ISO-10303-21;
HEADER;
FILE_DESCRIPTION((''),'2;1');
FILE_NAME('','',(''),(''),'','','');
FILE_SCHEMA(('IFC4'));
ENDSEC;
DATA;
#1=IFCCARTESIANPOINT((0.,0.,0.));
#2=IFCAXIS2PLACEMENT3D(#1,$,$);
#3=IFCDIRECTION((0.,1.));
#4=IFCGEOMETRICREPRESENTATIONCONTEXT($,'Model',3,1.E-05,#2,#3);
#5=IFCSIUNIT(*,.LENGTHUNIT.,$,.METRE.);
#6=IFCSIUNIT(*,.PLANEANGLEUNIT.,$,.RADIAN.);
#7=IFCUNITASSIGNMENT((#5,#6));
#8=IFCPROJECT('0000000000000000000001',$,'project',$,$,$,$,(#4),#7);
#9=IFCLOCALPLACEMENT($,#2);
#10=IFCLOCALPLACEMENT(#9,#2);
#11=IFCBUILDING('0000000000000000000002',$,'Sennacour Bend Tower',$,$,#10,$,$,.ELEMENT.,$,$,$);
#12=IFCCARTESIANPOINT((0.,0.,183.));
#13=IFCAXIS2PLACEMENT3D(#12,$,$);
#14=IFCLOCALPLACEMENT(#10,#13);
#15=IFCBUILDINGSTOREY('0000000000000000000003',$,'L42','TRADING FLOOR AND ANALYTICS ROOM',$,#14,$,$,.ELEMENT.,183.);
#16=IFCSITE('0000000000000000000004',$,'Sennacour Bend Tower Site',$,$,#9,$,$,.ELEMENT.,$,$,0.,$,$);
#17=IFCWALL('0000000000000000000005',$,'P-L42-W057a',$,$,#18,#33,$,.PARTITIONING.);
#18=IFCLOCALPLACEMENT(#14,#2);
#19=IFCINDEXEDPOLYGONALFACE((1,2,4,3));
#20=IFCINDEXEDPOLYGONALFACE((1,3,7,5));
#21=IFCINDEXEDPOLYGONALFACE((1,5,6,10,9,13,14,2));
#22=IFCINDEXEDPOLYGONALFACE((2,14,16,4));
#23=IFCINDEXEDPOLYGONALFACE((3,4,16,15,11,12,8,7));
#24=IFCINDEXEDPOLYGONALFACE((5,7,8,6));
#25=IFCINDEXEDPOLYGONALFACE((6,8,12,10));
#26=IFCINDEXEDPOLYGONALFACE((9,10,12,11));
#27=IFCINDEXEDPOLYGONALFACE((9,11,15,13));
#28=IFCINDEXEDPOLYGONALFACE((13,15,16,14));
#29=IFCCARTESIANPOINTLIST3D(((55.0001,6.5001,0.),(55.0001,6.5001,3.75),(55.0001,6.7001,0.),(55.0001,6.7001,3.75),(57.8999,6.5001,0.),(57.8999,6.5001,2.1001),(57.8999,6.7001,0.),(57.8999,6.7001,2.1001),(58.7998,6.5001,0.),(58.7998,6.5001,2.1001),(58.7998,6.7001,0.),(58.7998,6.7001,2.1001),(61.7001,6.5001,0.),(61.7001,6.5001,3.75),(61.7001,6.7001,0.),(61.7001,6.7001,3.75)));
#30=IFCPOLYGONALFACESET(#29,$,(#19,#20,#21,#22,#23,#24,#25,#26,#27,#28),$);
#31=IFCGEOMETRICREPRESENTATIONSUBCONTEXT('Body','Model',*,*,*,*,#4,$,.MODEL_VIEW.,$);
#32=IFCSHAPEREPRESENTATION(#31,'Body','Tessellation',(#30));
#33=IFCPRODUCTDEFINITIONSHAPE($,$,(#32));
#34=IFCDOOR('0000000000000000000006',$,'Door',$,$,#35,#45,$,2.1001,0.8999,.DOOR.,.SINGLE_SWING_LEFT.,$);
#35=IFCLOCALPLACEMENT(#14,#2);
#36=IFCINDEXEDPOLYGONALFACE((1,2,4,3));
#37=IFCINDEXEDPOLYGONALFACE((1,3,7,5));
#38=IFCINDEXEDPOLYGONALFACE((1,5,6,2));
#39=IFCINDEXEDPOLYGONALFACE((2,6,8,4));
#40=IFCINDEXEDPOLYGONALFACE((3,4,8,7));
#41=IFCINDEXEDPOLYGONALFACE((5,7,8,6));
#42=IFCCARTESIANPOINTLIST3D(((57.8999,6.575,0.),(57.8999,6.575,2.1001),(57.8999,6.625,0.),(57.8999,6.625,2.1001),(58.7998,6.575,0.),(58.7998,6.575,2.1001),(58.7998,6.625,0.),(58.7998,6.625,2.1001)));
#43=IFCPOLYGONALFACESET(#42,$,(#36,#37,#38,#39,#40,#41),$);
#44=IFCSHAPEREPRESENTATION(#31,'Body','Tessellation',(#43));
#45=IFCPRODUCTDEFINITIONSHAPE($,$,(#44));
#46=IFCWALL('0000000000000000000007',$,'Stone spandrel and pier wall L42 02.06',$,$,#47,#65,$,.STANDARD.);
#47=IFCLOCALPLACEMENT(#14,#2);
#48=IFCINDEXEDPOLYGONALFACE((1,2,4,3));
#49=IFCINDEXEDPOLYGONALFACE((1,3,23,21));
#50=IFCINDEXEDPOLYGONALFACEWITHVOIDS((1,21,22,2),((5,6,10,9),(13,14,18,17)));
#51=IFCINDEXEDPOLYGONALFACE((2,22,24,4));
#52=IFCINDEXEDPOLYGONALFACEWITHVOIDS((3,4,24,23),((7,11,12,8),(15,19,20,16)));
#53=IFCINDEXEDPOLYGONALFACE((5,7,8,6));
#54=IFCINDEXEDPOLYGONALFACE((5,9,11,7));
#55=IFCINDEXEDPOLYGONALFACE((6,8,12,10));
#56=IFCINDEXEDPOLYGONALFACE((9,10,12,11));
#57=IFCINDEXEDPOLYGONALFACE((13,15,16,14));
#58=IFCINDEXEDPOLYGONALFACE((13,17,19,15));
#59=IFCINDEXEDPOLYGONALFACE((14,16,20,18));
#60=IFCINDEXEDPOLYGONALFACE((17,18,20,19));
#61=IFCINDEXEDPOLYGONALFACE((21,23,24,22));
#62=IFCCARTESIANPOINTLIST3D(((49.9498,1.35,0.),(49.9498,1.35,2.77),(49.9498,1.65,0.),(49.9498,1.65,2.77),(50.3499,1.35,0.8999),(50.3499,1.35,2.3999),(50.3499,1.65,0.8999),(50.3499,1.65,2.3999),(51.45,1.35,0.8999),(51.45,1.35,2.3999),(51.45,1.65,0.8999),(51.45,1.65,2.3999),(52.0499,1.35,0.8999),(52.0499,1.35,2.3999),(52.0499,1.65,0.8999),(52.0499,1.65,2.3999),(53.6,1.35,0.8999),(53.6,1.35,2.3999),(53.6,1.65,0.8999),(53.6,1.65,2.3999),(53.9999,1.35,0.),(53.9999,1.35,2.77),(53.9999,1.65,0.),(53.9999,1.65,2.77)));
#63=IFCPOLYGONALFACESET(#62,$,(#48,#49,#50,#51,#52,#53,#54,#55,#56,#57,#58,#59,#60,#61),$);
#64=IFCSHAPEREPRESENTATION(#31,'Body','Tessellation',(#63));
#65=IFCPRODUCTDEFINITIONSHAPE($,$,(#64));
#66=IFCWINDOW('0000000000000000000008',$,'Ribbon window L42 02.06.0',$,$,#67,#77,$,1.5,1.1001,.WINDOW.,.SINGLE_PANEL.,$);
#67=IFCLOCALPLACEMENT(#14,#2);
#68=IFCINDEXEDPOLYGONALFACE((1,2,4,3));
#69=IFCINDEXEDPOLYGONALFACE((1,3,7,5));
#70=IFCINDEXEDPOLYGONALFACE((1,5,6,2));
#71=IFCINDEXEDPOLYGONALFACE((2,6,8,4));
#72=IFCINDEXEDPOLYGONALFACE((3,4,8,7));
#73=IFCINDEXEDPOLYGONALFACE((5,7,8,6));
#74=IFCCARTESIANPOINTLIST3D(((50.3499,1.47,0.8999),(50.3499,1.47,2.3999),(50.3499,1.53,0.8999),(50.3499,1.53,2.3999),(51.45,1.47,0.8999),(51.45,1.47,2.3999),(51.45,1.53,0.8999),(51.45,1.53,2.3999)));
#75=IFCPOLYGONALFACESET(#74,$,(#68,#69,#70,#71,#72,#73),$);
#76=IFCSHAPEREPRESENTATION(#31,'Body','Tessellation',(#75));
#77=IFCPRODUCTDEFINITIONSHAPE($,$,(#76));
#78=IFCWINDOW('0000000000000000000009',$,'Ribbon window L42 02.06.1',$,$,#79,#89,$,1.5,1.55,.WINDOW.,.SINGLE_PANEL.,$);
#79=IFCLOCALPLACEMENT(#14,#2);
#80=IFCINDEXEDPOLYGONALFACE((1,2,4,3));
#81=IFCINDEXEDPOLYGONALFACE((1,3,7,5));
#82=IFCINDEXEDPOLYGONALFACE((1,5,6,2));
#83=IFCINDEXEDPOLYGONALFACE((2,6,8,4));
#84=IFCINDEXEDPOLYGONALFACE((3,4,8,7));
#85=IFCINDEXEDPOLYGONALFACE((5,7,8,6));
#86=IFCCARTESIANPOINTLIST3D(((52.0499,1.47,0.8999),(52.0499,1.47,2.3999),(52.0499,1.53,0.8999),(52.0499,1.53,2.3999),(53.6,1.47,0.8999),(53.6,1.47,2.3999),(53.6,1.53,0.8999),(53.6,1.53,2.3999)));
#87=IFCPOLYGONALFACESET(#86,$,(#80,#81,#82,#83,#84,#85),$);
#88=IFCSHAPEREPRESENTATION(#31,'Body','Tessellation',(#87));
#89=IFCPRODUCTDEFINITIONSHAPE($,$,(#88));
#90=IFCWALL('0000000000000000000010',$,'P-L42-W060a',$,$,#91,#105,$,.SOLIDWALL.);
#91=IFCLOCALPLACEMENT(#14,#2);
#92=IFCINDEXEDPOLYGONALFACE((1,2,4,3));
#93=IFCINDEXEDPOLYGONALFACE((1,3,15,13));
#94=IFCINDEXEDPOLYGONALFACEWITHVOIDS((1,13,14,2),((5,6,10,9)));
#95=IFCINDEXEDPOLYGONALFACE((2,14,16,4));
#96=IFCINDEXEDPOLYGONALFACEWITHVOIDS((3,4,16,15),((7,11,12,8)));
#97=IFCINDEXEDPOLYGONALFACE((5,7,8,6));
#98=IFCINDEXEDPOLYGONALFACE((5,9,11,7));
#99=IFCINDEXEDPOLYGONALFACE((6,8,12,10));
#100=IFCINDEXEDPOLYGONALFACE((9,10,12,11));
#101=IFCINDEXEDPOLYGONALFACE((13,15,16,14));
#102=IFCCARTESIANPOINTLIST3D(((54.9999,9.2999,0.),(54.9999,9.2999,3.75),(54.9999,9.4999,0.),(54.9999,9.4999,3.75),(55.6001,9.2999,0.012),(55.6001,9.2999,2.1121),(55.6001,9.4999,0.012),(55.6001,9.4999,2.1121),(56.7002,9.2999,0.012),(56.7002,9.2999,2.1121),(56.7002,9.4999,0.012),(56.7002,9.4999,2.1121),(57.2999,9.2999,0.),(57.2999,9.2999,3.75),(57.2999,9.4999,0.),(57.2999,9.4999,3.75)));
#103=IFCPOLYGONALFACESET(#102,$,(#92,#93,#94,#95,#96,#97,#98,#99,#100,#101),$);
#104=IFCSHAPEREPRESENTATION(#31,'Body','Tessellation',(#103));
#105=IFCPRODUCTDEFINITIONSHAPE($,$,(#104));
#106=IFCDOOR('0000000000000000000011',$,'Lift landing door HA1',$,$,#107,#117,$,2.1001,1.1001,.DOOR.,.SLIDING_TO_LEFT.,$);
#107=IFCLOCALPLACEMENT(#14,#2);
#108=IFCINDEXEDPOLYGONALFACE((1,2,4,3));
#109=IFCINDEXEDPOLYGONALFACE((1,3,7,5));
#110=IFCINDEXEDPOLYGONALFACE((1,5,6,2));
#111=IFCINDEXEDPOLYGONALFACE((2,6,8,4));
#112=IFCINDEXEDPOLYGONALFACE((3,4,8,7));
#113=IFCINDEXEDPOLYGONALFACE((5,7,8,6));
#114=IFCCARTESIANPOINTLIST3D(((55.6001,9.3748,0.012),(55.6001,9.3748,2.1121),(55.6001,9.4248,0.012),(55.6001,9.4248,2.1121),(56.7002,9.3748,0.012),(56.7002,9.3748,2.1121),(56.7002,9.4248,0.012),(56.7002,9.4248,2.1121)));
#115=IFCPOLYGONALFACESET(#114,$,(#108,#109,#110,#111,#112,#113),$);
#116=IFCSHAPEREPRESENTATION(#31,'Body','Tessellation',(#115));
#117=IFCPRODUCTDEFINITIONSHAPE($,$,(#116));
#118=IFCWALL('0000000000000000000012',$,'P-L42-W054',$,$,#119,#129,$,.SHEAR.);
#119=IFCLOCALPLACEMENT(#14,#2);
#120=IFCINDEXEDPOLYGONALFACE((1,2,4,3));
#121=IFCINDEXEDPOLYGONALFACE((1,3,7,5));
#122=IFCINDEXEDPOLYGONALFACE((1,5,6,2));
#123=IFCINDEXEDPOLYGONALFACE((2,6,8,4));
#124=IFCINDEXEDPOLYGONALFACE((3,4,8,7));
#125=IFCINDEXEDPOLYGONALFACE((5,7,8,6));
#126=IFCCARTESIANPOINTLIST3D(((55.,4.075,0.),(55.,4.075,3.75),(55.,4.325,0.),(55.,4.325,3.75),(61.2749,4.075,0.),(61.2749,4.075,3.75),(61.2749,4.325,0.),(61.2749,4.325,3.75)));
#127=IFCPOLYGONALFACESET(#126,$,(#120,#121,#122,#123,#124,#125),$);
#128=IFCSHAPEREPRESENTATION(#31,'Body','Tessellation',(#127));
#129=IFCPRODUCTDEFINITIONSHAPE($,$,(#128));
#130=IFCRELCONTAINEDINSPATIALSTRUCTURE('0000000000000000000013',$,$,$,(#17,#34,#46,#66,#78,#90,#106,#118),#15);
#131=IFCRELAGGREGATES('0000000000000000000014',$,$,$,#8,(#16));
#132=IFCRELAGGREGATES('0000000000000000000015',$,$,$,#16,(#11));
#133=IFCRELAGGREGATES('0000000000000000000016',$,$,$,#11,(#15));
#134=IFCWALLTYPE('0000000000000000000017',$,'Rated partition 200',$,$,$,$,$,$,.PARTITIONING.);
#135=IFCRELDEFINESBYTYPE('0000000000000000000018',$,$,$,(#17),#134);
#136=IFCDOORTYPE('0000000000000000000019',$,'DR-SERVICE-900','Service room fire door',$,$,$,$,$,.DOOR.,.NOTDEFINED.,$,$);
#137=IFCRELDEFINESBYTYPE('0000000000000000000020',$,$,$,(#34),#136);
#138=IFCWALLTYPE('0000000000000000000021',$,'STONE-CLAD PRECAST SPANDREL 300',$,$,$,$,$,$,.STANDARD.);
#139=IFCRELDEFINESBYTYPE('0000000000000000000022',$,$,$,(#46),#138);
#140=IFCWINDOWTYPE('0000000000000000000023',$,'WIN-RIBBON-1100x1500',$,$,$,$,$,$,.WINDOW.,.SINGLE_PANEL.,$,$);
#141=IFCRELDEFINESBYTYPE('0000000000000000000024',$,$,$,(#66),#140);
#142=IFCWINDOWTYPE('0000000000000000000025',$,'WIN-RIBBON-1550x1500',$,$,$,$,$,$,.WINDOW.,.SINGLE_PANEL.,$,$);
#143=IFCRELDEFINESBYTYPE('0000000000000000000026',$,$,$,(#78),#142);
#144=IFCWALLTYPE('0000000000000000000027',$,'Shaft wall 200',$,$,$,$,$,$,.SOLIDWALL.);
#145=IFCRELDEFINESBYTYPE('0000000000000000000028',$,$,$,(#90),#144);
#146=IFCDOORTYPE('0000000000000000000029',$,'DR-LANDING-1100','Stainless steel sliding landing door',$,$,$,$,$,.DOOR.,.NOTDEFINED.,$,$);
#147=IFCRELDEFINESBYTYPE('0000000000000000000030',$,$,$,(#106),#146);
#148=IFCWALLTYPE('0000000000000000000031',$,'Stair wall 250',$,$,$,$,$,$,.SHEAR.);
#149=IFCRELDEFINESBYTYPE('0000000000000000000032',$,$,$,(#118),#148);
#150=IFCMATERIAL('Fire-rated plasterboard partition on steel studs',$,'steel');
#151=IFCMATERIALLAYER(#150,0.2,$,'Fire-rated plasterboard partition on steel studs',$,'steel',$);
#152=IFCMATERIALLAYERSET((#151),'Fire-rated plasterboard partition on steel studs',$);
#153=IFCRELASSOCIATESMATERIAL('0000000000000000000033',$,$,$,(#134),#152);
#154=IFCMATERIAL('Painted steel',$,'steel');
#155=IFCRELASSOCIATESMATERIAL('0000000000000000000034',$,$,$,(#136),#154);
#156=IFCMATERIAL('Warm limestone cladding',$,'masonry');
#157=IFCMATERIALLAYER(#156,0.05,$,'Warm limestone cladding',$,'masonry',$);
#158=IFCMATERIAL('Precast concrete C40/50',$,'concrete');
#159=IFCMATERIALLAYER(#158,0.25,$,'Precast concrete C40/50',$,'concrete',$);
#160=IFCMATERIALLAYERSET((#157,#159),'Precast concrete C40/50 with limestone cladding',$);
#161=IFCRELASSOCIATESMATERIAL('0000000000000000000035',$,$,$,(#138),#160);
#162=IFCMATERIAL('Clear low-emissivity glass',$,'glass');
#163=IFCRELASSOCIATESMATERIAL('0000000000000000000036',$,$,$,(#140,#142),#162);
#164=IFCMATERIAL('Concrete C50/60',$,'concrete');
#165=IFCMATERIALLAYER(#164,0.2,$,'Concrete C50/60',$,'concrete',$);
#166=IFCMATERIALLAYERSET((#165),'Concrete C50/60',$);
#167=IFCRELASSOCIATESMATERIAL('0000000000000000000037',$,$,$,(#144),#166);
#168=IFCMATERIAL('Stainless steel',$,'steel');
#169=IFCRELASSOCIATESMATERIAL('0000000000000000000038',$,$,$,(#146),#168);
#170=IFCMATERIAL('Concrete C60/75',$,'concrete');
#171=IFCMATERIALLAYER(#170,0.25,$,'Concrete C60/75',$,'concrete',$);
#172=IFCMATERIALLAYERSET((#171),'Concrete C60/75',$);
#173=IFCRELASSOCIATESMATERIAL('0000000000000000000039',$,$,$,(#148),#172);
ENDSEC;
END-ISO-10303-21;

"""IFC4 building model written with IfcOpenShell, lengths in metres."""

from ifc_helpers import new_model, si_unit, direction, frame, frame_2d, origin, place, context, subcontext, project, spatial, rectangle, extrude, material, layer, layer_set, type_object, element, fill, save


model = new_model("IFC4")

# Units and contexts
model_context = context("Model", 3, precision=1e-05, world=origin(), true_north=direction((0.0, 1.0)))
body_context = subcontext(model_context, "Body", "Model", "MODEL_VIEW")
ifc_project = project(units=[si_unit("LENGTHUNIT", "METRE"), si_unit("PLANEANGLEUNIT", "RADIAN")], contexts=[model_context])

# Site, building, storey
site_placement = place(None, origin())
site = spatial("IfcSite", under=ifc_project, at=site_placement, Name="Sennacour Bend Tower Site", CompositionType="ELEMENT", RefElevation=0.0)
building_placement = place(site_placement, origin())
building = spatial("IfcBuilding", under=site, at=building_placement, Name="Sennacour Bend Tower", CompositionType="ELEMENT")
storey_placement = place(building_placement, frame((0.0, 0.0, 183.0)))
storey = spatial("IfcBuildingStorey", under=building, at=storey_placement, Name="L42", Description="TRADING FLOOR AND ANALYTICS ROOM", CompositionType="ELEMENT", Elevation=183.0)

# Shared definitions
ifc_material_1 = material(Name="Concrete C60/75", Category="concrete")
ifc_material_2 = material(Name="Painted steel", Category="steel")

# Wall, opening, door
ifc_material_3 = material(Name="Fire-rated plasterboard partition on steel studs", Category="steel")
ifc_layer_1 = layer(ifc_material_3, 0.2, Name="Fire-rated plasterboard partition on steel studs", Category="steel")
ifc_layer_set_1 = layer_set([ifc_layer_1], Name="Fire-rated plasterboard partition on steel studs")
wall_type_1 = type_object("IfcWallType", Name="Rated partition 200", PredefinedType="PARTITIONING", material=ifc_layer_set_1)
wall_1_placement = place(storey_placement, frame((55.0, 6.6001, 0.0), z_axis=(0.0, 0.0, 1.0), x_axis=(1.0, 0.0, 0.0)))
wall_1 = element("IfcWall", 1, at=wall_1_placement, inside=storey, type_object=wall_type_1, Name="P-L42-W057a", PredefinedType="PARTITIONING", context=body_context, shape_type="SweptSolid", body=[
    extrude(rectangle(XDim=6.7, YDim=0.2, at=frame_2d((3.3501, 0.0))), origin(), (0.0, 0.0, 1.0), 3.75),
])
opening_1_placement = place(wall_1_placement, frame((2.8999, 0.0, 0.0)))
opening_1 = element("IfcOpeningElement", 2, at=opening_1_placement, cuts=wall_1, PredefinedType="OPENING", context=body_context, shape_type="SweptSolid", body=[
    extrude(rectangle(XDim=0.8999, YDim=2.1001, at=frame_2d((0.45, 1.05))), frame((0.0, 0.1099, 0.0), z_axis=(0.0, -1.0, 0.0), x_axis=(1.0, 0.0, 0.0)), (0.0, 0.0, 1.0), 0.22),
])
door_type_1 = type_object("IfcDoorType", Name="DR-SERVICE-900", Description="Service room fire door", OperationType="NOTDEFINED", PredefinedType="DOOR", material=ifc_material_2)
door_1_placement = place(opening_1_placement, origin())
door_1 = element("IfcDoor", 3, at=door_1_placement, inside=storey, type_object=door_type_1, Name="Door", OperationType="SINGLE_SWING_LEFT", OverallHeight=2.1001, OverallWidth=0.8999, PredefinedType="DOOR", context=body_context, shape_type="SweptSolid", body=[
    extrude(rectangle(XDim=0.8999, YDim=2.1001, at=frame_2d((0.45, 1.05))), frame((0.0, 0.0249, 0.0), z_axis=(0.0, -1.0, 0.0), x_axis=(1.0, 0.0, 0.0)), (0.0, 0.0, 1.0), 0.05),
])
fill(opening_1, door_1)

# Wall, openings, windows
ifc_material_4 = material(Name="Warm limestone cladding", Category="masonry")
ifc_layer_2 = layer(ifc_material_4, 0.05, Name="Warm limestone cladding", Category="masonry")
ifc_material_5 = material(Name="Precast concrete C40/50", Category="concrete")
ifc_layer_3 = layer(ifc_material_5, 0.25, Name="Precast concrete C40/50", Category="concrete")
ifc_layer_set_2 = layer_set([ifc_layer_2, ifc_layer_3], Name="Precast concrete C40/50 with limestone cladding")
wall_type_2 = type_object("IfcWallType", Name="STONE-CLAD PRECAST SPANDREL 300", PredefinedType="STANDARD", material=ifc_layer_set_2)
wall_2_placement = place(storey_placement, frame((49.95, 1.5, 0.0), z_axis=(0.0, 0.0, 1.0), x_axis=(1.0, 0.0, 0.0)))
wall_2 = element("IfcWall", 4, at=wall_2_placement, inside=storey, type_object=wall_type_2, Name="Stone spandrel and pier wall L42 02.06", PredefinedType="STANDARD", context=body_context, shape_type="SweptSolid", body=[
    extrude(rectangle(XDim=4.05, YDim=0.3, at=frame_2d((2.0249, 0.0))), origin(), (0.0, 0.0, 1.0), 2.77),
])
opening_2_placement = place(wall_2_placement, frame((0.3999, 0.0, 0.8999)))
opening_2 = element("IfcOpeningElement", 5, at=opening_2_placement, cuts=wall_2, PredefinedType="OPENING", context=body_context, shape_type="SweptSolid", body=[
    extrude(rectangle(XDim=1.1001, YDim=1.5, at=frame_2d((0.55, 0.75))), frame((0.0, 0.1602, 0.0), z_axis=(0.0, -1.0, 0.0), x_axis=(1.0, 0.0, 0.0)), (0.0, 0.0, 1.0), 0.3201),
])
opening_3_placement = place(wall_2_placement, frame((2.1001, 0.0, 0.8999)))
opening_3 = element("IfcOpeningElement", 6, at=opening_3_placement, cuts=wall_2, PredefinedType="OPENING", context=body_context, shape_type="SweptSolid", body=[
    extrude(rectangle(XDim=1.55, YDim=1.5, at=frame_2d((0.7749, 0.75))), frame((0.0, 0.1602, 0.0), z_axis=(0.0, -1.0, 0.0), x_axis=(1.0, 0.0, 0.0)), (0.0, 0.0, 1.0), 0.3201),
])
ifc_material_6 = material(Name="Clear low-emissivity glass", Category="glass")
window_type_1 = type_object("IfcWindowType", Name="WIN-RIBBON-1100x1500", PartitioningType="SINGLE_PANEL", PredefinedType="WINDOW", material=ifc_material_6)
window_1_placement = place(opening_2_placement, origin())
window_1 = element("IfcWindow", 7, at=window_1_placement, inside=storey, type_object=window_type_1, Name="Ribbon window L42 02.06.0", OverallHeight=1.5, OverallWidth=1.1001, PartitioningType="SINGLE_PANEL", PredefinedType="WINDOW", context=body_context, shape_type="SweptSolid", body=[
    extrude(rectangle(XDim=1.1001, YDim=1.5, at=frame_2d((0.55, 0.75))), frame((0.0, 0.03, 0.0), z_axis=(0.0, -1.0, 0.0), x_axis=(1.0, 0.0, 0.0)), (0.0, 0.0, 1.0), 0.0601),
])
fill(opening_2, window_1)
window_type_2 = type_object("IfcWindowType", Name="WIN-RIBBON-1550x1500", PartitioningType="SINGLE_PANEL", PredefinedType="WINDOW", material=ifc_material_6)
window_2_placement = place(opening_3_placement, origin())
window_2 = element("IfcWindow", 8, at=window_2_placement, inside=storey, type_object=window_type_2, Name="Ribbon window L42 02.06.1", OverallHeight=1.5, OverallWidth=1.55, PartitioningType="SINGLE_PANEL", PredefinedType="WINDOW", context=body_context, shape_type="SweptSolid", body=[
    extrude(rectangle(XDim=1.55, YDim=1.5, at=frame_2d((0.7749, 0.75))), frame((0.0, 0.03, 0.0), z_axis=(0.0, -1.0, 0.0), x_axis=(1.0, 0.0, 0.0)), (0.0, 0.0, 1.0), 0.0601),
])
fill(opening_3, window_2)

# Wall, opening, door
ifc_material_7 = material(Name="Concrete C50/60", Category="concrete")
ifc_layer_4 = layer(ifc_material_7, 0.2, Name="Concrete C50/60", Category="concrete")
ifc_layer_set_3 = layer_set([ifc_layer_4], Name="Concrete C50/60")
wall_type_3 = type_object("IfcWallType", Name="Shaft wall 200", PredefinedType="SOLIDWALL", material=ifc_layer_set_3)
wall_3_placement = place(storey_placement, frame((55.0, 9.3999, 0.0), z_axis=(0.0, 0.0, 1.0), x_axis=(1.0, 0.0, 0.0)))
wall_3 = element("IfcWall", 9, at=wall_3_placement, inside=storey, type_object=wall_type_3, Name="P-L42-W060a", PredefinedType="SOLIDWALL", context=body_context, shape_type="SweptSolid", body=[
    extrude(rectangle(XDim=2.3, YDim=0.2, at=frame_2d((1.1499, 0.0))), origin(), (0.0, 0.0, 1.0), 3.75),
])
opening_4_placement = place(wall_3_placement, frame((0.6001, 0.0, 0.012)))
opening_4 = element("IfcOpeningElement", 10, at=opening_4_placement, cuts=wall_3, PredefinedType="OPENING", context=body_context, shape_type="SweptSolid", body=[
    extrude(rectangle(XDim=1.1001, YDim=2.1001, at=frame_2d((0.55, 1.05))), frame((0.0, 0.1099, 0.0), z_axis=(0.0, -1.0, 0.0), x_axis=(1.0, 0.0, 0.0)), (0.0, 0.0, 1.0), 0.22),
])
ifc_material_8 = material(Name="Stainless steel", Category="steel")
door_type_2 = type_object("IfcDoorType", Name="DR-LANDING-1100", Description="Stainless steel sliding landing door", OperationType="NOTDEFINED", PredefinedType="DOOR", material=ifc_material_8)
door_2_placement = place(opening_4_placement, origin())
door_2 = element("IfcDoor", 11, at=door_2_placement, inside=storey, type_object=door_type_2, Name="Lift landing door HA1", OperationType="SLIDING_TO_LEFT", OverallHeight=2.1001, OverallWidth=1.1001, PredefinedType="DOOR", context=body_context, shape_type="SweptSolid", body=[
    extrude(rectangle(XDim=1.1001, YDim=2.1001, at=frame_2d((0.55, 1.05))), frame((0.0, 0.0249, 0.0), z_axis=(0.0, -1.0, 0.0), x_axis=(1.0, 0.0, 0.0)), (0.0, 0.0, 1.0), 0.05),
])
fill(opening_4, door_2)

# Wall
ifc_layer_5 = layer(ifc_material_1, 0.25, Name="Concrete C60/75", Category="concrete")
ifc_layer_set_4 = layer_set([ifc_layer_5], Name="Concrete C60/75")
wall_type_4 = type_object("IfcWallType", Name="Stair wall 250", PredefinedType="SHEAR", material=ifc_layer_set_4)
wall_4_placement = place(storey_placement, frame((55.0, 4.2, 0.0), z_axis=(0.0, 0.0, 1.0), x_axis=(1.0, 0.0, 0.0)))
element("IfcWall", 12, at=wall_4_placement, inside=storey, type_object=wall_type_4, Name="P-L42-W054", PredefinedType="SHEAR", context=body_context, shape_type="SweptSolid", body=[
    extrude(rectangle(XDim=6.2749, YDim=0.25, at=frame_2d((3.1375, 0.0))), origin(), (0.0, 0.0, 1.0), 3.75),
])

save(model, "model.ifc")
